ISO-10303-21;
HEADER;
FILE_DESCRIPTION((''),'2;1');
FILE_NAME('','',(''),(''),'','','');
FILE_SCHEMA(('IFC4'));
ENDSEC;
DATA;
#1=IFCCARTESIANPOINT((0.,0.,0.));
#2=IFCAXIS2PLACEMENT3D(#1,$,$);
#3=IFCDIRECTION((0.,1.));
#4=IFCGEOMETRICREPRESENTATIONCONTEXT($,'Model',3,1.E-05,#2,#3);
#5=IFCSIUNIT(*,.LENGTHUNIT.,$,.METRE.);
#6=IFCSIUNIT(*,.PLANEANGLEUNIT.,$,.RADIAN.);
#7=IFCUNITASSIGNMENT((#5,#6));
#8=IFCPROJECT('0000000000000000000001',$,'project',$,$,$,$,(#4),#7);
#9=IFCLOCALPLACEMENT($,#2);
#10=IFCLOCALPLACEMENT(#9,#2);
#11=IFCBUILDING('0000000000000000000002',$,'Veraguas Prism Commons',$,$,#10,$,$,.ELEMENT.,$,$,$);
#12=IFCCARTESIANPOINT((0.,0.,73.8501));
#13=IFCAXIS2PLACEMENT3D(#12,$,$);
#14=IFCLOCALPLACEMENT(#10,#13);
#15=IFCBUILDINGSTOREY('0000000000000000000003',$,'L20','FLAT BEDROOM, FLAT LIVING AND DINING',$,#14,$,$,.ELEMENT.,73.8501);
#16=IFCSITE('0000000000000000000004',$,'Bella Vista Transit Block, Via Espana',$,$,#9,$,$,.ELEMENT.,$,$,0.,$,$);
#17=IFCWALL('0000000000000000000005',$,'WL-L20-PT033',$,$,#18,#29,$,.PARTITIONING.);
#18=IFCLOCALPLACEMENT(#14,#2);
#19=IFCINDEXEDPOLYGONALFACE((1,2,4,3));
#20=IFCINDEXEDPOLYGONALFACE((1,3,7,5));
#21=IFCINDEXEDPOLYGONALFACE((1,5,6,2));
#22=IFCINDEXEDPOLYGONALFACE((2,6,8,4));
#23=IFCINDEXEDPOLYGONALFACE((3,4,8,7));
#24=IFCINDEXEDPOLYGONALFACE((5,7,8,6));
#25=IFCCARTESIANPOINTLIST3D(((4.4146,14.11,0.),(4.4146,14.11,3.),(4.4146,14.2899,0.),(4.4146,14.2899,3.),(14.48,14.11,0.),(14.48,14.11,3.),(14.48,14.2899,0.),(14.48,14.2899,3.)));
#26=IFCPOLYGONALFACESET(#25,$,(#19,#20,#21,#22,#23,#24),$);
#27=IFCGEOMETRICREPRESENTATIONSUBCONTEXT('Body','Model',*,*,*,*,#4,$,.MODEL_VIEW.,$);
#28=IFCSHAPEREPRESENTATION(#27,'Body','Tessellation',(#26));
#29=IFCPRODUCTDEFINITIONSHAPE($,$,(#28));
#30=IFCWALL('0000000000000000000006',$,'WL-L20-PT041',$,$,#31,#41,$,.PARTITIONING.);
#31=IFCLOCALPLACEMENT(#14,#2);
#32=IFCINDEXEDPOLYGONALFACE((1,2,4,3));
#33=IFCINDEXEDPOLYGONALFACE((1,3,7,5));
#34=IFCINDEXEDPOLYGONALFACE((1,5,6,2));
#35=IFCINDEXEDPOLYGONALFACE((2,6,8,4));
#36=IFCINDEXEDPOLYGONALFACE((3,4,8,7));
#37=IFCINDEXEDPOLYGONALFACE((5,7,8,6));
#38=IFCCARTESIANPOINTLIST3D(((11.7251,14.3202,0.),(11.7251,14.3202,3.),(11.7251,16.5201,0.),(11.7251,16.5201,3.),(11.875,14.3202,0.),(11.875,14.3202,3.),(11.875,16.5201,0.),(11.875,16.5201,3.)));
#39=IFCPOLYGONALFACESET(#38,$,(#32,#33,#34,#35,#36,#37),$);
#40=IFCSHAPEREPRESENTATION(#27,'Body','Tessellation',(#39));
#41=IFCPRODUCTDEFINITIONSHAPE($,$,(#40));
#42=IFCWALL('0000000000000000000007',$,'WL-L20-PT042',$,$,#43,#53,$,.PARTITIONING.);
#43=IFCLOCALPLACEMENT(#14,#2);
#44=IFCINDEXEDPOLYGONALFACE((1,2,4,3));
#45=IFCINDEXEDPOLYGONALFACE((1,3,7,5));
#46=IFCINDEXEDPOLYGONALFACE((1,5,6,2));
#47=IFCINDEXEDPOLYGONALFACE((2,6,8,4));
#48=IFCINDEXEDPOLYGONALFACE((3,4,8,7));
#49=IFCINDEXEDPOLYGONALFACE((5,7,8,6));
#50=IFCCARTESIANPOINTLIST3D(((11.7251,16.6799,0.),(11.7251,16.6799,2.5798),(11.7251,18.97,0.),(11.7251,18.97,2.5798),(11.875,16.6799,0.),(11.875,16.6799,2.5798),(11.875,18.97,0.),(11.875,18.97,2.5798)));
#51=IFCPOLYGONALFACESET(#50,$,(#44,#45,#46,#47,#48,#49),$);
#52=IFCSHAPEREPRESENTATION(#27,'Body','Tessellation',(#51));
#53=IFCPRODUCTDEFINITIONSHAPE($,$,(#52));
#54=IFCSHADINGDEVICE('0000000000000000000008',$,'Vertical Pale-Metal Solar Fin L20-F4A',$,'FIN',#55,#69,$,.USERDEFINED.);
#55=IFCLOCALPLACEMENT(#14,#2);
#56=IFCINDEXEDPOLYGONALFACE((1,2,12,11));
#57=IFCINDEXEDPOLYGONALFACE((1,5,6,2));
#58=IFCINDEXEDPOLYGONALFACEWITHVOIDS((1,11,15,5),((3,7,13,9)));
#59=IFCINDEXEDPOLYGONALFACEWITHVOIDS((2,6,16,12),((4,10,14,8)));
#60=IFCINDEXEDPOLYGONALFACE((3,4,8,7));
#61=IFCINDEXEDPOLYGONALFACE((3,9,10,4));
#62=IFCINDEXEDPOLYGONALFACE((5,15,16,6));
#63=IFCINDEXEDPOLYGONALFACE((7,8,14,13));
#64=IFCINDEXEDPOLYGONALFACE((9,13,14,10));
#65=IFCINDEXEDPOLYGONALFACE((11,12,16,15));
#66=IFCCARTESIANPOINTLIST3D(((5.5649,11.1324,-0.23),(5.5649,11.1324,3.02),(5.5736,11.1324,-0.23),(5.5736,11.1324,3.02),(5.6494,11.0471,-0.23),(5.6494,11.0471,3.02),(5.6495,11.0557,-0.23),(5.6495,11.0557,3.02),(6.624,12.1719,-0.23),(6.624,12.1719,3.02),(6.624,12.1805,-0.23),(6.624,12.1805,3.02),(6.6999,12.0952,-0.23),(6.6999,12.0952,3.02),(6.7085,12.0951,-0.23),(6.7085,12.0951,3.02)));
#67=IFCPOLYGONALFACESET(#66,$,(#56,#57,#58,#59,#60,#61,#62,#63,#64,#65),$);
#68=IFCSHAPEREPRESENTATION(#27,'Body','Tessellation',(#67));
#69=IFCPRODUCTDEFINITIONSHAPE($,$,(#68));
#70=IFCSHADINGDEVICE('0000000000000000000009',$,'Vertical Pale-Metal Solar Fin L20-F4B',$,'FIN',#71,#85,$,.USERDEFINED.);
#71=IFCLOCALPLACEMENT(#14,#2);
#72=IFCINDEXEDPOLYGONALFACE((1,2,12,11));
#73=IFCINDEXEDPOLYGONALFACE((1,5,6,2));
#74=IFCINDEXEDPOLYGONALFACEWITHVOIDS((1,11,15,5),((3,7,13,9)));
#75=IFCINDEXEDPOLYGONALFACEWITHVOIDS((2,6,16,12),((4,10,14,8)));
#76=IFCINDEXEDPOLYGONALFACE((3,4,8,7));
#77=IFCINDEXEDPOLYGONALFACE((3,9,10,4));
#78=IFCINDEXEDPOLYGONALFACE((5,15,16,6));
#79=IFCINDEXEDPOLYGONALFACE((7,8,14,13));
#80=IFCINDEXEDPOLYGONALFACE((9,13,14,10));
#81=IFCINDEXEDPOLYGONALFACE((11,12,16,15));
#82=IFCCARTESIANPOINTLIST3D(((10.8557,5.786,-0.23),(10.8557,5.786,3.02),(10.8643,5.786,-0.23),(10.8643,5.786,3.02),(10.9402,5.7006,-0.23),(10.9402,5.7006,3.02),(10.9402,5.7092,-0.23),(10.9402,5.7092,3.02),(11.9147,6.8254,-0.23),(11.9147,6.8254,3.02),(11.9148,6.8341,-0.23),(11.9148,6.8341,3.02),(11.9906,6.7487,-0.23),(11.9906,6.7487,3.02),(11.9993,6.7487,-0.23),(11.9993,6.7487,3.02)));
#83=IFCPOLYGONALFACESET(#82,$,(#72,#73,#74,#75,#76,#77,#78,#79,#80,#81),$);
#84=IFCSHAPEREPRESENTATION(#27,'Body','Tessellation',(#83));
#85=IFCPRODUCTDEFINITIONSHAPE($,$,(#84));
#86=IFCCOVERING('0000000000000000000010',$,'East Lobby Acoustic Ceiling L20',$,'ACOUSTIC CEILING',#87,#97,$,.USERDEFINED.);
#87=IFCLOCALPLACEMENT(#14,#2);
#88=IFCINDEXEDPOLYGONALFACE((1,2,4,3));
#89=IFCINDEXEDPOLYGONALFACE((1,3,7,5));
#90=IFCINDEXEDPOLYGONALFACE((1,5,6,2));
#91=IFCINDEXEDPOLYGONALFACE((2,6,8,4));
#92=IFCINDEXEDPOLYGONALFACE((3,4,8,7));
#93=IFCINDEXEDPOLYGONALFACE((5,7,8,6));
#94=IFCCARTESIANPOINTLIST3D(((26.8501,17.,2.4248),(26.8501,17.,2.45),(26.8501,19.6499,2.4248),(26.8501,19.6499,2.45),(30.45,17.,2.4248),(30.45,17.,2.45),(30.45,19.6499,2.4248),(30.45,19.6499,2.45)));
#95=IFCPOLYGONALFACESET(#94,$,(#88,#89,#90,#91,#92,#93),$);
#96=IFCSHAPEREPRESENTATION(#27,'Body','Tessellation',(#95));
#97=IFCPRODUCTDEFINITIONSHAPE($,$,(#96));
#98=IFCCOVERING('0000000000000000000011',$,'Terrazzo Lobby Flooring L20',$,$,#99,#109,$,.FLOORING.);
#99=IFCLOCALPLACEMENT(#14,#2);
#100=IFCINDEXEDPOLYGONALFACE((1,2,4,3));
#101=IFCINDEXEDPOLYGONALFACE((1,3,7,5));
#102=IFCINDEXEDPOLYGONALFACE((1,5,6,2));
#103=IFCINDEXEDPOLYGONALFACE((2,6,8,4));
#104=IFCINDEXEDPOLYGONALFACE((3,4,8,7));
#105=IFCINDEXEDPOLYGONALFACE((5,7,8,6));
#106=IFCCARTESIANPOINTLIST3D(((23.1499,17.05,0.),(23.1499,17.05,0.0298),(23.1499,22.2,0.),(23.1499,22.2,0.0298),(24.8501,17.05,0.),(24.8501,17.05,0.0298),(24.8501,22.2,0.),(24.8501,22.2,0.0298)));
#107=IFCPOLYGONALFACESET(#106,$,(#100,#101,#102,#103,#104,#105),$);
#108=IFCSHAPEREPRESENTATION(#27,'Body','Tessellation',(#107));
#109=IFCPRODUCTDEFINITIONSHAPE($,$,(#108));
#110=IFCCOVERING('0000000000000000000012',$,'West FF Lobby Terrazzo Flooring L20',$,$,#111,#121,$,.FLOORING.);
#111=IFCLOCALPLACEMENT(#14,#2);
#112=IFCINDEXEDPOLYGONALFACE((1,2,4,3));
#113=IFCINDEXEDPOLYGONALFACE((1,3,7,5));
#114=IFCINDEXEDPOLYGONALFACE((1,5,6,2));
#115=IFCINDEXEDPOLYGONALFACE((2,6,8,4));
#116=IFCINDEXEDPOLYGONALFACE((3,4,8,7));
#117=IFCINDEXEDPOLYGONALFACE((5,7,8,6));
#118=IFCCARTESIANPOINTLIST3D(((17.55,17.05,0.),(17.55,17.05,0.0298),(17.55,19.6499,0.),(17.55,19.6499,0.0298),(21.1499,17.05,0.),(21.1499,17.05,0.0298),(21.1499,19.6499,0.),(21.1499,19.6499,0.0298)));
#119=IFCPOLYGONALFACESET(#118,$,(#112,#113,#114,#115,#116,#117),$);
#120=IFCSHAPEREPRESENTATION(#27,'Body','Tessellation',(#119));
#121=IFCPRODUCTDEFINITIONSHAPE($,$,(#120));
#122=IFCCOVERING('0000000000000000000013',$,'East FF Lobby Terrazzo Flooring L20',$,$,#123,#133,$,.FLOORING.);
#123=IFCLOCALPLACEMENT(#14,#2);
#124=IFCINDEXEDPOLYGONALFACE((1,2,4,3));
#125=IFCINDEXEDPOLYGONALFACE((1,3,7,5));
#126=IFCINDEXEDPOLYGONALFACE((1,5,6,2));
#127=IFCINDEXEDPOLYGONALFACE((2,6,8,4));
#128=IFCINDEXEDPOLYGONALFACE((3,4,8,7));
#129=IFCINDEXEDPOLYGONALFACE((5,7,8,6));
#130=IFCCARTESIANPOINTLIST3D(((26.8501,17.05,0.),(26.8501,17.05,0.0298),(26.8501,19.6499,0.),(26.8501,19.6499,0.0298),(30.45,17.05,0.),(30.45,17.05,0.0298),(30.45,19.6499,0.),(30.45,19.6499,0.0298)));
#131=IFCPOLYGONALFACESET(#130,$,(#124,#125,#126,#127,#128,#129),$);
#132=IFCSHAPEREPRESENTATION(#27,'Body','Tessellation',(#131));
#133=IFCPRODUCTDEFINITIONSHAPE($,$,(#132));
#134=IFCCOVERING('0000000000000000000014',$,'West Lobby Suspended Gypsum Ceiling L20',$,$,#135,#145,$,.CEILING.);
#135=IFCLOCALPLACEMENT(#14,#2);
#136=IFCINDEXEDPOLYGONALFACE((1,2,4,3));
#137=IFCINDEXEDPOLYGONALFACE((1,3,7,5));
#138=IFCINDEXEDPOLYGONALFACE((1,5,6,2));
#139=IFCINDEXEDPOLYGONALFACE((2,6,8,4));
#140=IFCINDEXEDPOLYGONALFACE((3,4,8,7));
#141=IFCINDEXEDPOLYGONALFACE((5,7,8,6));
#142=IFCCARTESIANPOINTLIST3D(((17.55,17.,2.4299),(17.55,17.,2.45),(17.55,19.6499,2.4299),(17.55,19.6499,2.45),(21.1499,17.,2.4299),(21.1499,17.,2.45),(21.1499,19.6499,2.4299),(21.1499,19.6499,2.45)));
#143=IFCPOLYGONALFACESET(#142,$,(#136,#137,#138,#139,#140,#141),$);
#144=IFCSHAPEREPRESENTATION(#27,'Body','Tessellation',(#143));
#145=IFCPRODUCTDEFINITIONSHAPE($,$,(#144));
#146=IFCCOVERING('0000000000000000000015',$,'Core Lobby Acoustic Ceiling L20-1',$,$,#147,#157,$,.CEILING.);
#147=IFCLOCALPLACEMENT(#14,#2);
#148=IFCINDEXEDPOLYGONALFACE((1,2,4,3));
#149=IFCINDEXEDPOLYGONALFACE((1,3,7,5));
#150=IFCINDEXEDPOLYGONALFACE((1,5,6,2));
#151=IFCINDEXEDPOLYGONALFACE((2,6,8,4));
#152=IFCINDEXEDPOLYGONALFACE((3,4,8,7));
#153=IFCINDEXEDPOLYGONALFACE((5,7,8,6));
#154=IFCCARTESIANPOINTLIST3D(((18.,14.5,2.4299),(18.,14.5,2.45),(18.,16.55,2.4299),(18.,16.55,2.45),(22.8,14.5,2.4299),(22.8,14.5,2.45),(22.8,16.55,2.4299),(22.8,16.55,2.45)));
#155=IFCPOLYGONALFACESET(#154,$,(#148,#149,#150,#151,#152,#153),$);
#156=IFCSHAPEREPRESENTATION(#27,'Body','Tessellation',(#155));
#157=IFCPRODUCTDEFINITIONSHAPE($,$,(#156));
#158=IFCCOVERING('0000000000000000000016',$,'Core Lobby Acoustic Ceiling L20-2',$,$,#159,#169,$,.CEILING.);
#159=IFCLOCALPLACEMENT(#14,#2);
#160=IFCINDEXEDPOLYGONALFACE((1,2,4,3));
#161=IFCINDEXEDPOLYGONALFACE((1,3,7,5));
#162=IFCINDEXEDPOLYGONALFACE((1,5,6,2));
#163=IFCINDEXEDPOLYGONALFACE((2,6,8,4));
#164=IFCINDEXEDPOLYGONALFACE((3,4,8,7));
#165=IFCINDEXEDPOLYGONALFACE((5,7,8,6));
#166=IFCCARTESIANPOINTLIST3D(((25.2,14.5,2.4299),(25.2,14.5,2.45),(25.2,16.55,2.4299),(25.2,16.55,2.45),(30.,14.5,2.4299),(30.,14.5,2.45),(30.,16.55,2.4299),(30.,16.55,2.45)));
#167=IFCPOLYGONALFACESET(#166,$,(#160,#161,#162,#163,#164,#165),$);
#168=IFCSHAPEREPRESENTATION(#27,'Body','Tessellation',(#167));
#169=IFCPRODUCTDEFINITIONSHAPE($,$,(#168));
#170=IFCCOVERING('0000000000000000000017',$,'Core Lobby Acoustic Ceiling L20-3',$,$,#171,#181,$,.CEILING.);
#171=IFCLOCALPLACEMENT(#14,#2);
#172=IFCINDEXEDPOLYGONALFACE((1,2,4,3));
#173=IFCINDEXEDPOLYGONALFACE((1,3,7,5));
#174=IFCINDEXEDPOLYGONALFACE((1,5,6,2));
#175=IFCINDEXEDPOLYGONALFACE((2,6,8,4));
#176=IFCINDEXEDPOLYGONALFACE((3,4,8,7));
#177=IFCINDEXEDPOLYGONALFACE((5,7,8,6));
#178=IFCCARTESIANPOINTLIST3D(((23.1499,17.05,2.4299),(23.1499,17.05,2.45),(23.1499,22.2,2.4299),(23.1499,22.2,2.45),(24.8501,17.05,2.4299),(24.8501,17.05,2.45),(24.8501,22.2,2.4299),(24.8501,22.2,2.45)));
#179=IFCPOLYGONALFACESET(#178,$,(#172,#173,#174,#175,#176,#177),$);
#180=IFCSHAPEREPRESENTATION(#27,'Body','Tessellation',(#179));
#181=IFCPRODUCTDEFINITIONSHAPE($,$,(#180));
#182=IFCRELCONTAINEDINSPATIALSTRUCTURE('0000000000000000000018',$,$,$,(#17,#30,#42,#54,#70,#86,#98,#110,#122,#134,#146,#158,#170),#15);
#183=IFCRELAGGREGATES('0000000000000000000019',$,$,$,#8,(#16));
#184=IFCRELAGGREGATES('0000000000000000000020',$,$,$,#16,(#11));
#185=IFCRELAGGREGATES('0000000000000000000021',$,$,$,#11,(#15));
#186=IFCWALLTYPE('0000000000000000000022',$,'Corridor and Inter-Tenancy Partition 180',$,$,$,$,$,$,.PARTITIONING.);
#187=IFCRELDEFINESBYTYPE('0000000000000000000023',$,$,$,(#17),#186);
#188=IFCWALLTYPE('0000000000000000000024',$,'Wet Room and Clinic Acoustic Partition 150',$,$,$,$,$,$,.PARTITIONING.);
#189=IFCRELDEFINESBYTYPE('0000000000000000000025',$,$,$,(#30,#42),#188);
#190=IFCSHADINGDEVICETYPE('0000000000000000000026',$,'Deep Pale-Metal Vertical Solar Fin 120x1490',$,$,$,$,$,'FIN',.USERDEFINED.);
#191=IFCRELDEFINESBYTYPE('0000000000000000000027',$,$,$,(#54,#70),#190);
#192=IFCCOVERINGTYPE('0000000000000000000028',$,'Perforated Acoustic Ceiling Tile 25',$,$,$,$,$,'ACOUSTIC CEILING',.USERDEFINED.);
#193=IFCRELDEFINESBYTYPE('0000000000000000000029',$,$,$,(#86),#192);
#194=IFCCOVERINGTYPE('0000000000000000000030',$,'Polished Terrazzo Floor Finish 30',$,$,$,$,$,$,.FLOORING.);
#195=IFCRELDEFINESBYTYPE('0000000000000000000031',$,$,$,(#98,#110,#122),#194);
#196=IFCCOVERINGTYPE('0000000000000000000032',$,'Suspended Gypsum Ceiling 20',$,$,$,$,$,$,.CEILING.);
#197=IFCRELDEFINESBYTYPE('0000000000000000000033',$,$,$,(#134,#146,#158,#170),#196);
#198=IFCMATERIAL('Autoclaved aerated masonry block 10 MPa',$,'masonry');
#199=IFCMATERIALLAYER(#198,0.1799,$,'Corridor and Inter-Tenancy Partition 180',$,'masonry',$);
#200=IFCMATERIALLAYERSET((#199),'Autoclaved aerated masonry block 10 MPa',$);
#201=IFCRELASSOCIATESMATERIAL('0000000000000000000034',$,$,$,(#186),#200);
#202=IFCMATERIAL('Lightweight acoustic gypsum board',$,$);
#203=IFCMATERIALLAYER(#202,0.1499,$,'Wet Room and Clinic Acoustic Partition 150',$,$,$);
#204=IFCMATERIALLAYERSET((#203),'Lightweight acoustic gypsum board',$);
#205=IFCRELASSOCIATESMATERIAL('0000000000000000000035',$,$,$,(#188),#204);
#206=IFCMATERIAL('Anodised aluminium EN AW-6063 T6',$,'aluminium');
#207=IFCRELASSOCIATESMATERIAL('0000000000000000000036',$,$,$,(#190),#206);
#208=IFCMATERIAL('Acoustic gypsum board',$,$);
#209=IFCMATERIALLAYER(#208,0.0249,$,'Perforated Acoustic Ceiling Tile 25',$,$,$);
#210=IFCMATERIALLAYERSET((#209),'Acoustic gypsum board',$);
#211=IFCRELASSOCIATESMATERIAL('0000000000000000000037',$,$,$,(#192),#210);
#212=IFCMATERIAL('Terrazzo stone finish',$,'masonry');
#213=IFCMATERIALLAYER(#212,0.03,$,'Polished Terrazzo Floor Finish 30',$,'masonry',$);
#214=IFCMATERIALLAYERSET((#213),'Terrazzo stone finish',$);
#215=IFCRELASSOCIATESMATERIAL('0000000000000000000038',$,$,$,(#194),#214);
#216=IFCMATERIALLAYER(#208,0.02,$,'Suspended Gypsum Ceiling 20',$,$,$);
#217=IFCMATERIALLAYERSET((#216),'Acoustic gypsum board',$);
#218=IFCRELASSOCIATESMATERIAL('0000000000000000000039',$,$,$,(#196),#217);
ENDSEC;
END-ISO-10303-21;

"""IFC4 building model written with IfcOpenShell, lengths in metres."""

from ifc_helpers import new_model, si_unit, direction, frame, frame_2d, origin, origin_2d, place, context, subcontext, project, spatial, polyline, rectangle, hollow_rectangle, outline, extrude, material, layer, layer_set, material_profile, profile_set, type_object, element, save


model = new_model("IFC4")

# Units and contexts
model_context = context("Model", 3, precision=1e-05, world=origin(), true_north=direction((0.0, 1.0)))
body_context = subcontext(model_context, "Body", "Model", "MODEL_VIEW")
ifc_project = project(units=[si_unit("LENGTHUNIT", "METRE"), si_unit("PLANEANGLEUNIT", "RADIAN")], contexts=[model_context])

# Site, building, storey
site_placement = place(None, origin())
site = spatial("IfcSite", under=ifc_project, at=site_placement, Name="Bella Vista Transit Block, Via Espana", CompositionType="ELEMENT", RefElevation=0.0)
building_placement = place(site_placement, origin())
building = spatial("IfcBuilding", under=site, at=building_placement, Name="Veraguas Prism Commons", CompositionType="ELEMENT")
storey_placement = place(building_placement, frame((0.0, 0.0, 73.8501)))
storey = spatial("IfcBuildingStorey", under=building, at=storey_placement, Name="L20", Description="FLAT BEDROOM, FLAT LIVING AND DINING", CompositionType="ELEMENT", Elevation=73.8501)

# Shared definitions
ifc_material_1 = material(Name="Anodised aluminium EN AW-6063 T6", Category="aluminium")

# Walls
ifc_material_2 = material(Name="Autoclaved aerated masonry block 10 MPa", Category="masonry")
ifc_layer_1 = layer(ifc_material_2, 0.1799, Name="Corridor and Inter-Tenancy Partition 180", Category="masonry")
ifc_layer_set_1 = layer_set([ifc_layer_1], Name="Autoclaved aerated masonry block 10 MPa")
wall_type_1 = type_object("IfcWallType", Name="Corridor and Inter-Tenancy Partition 180", PredefinedType="PARTITIONING", material=ifc_layer_set_1)
wall_1_placement = place(storey_placement, frame((14.48, 14.2, 0.0), z_axis=(0.0, 0.0, 1.0), x_axis=(-1.0, 0.0, 0.0)))
element("IfcWall", 1, at=wall_1_placement, inside=storey, type_object=wall_type_1, Name="WL-L20-PT033", PredefinedType="PARTITIONING", context=body_context, shape_type="SweptSolid", body=[
    extrude(rectangle(XDim=10.0654, YDim=0.1799, at=frame_2d((5.0327, 0.0))), origin(), (0.0, 0.0, 1.0), 3.0),
])
ifc_material_3 = material(Name="Lightweight acoustic gypsum board")
ifc_layer_2 = layer(ifc_material_3, 0.1499, Name="Wet Room and Clinic Acoustic Partition 150")
ifc_layer_set_2 = layer_set([ifc_layer_2], Name="Lightweight acoustic gypsum board")
wall_type_2 = type_object("IfcWallType", Name="Wet Room and Clinic Acoustic Partition 150", PredefinedType="PARTITIONING", material=ifc_layer_set_2)
wall_2_placement = place(storey_placement, frame((11.8, 14.3201, 0.0), z_axis=(0.0, 0.0, 1.0), x_axis=(0.0, 1.0, 0.0)))
element("IfcWall", 2, at=wall_2_placement, inside=storey, type_object=wall_type_2, Name="WL-L20-PT041", PredefinedType="PARTITIONING", context=body_context, shape_type="SweptSolid", body=[
    extrude(rectangle(XDim=2.2, YDim=0.1499, at=frame_2d((1.1001, 0.0))), origin(), (0.0, 0.0, 1.0), 3.0),
])
wall_3_placement = place(storey_placement, frame((11.8, 16.6799, 0.0), z_axis=(0.0, 0.0, 1.0), x_axis=(0.0, 1.0, 0.0)))
element("IfcWall", 3, at=wall_3_placement, inside=storey, type_object=wall_type_2, Name="WL-L20-PT042", PredefinedType="PARTITIONING", context=body_context, shape_type="SweptSolid", body=[
    extrude(rectangle(XDim=2.29, YDim=0.1499, at=frame_2d((1.145, 0.0))), origin(), (0.0, 0.0, 1.0), 2.5798),
])

# Shading devices
ifc_material_profile_1 = material_profile(ifc_material_1, hollow_rectangle(XDim=0.1201, YDim=1.49, WallThickness=0.0061, at=origin_2d()), Name="FIN120X1490X6")
ifc_profile_set_1 = profile_set([ifc_material_profile_1], Name="Anodised aluminium EN AW-6063 T6")
shading_device_type = type_object("IfcShadingDeviceType", Name="Deep Pale-Metal Vertical Solar Fin 120x1490", ElementType="FIN", PredefinedType="USERDEFINED", material=ifc_profile_set_1)
for number, where, z_axis, x_axis, name in (
    (4, (6.1367, 11.6138, -0.23), (0.0, 0.0, 1.0), (0.703396, -0.710798, 0.0), "Vertical Pale-Metal Solar Fin L20-F4A"),
    (5, (11.4275, 6.2673, -0.23), (0.0, 0.0, 1.0), (0.703396, -0.710798, 0.0), "Vertical Pale-Metal Solar Fin L20-F4B"),
):
    element("IfcShadingDevice", number, at=place(storey_placement, frame(where, z_axis=z_axis, x_axis=x_axis)), inside=storey, type_object=shading_device_type, Name=name, ObjectType="FIN", PredefinedType="USERDEFINED", context=body_context, shape_type="SweptSolid", body=[
        extrude(hollow_rectangle(XDim=0.1201, YDim=1.49, WallThickness=0.0061, at=origin_2d()), origin(), (0.0, 0.0, 1.0), 3.25),
    ])

# Coverings
ifc_material_4 = material(Name="Acoustic gypsum board")
ifc_layer_3 = layer(ifc_material_4, 0.0249, Name="Perforated Acoustic Ceiling Tile 25")
ifc_layer_set_3 = layer_set([ifc_layer_3], Name="Acoustic gypsum board")
covering_type_1 = type_object("IfcCoveringType", Name="Perforated Acoustic Ceiling Tile 25", ElementType="ACOUSTIC CEILING", PredefinedType="USERDEFINED", material=ifc_layer_set_3)
covering_1_placement = place(storey_placement, frame((0.0, 0.0, 2.4248)))
element("IfcCovering", 6, at=covering_1_placement, inside=storey, type_object=covering_type_1, Name="East Lobby Acoustic Ceiling L20", ObjectType="ACOUSTIC CEILING", PredefinedType="USERDEFINED", context=body_context, shape_type="SweptSolid", body=[
    extrude(outline(polyline([(26.8501, 17.0), (30.45, 17.0), (30.45, 19.6499), (26.8501, 19.6499), (26.8501, 17.0)])), origin(), (0.0, 0.0, 1.0), 0.0251),
])
ifc_material_5 = material(Name="Terrazzo stone finish", Category="masonry")
ifc_layer_4 = layer(ifc_material_5, 0.03, Name="Polished Terrazzo Floor Finish 30", Category="masonry")
ifc_layer_set_4 = layer_set([ifc_layer_4], Name="Terrazzo stone finish")
covering_type_2 = type_object("IfcCoveringType", Name="Polished Terrazzo Floor Finish 30", PredefinedType="FLOORING", material=ifc_layer_set_4)
covering_2_placement = place(storey_placement, origin())
element("IfcCovering", 7, at=covering_2_placement, inside=storey, type_object=covering_type_2, Name="Terrazzo Lobby Flooring L20", PredefinedType="FLOORING", context=body_context, shape_type="SweptSolid", body=[
    extrude(outline(polyline([(23.1499, 17.05), (24.8501, 17.05), (24.8501, 22.2), (23.1499, 22.2), (23.1499, 17.05)])), origin(), (0.0, 0.0, 1.0), 0.0298),
])
covering_3_placement = place(storey_placement, origin())
element("IfcCovering", 8, at=covering_3_placement, inside=storey, type_object=covering_type_2, Name="West FF Lobby Terrazzo Flooring L20", PredefinedType="FLOORING", context=body_context, shape_type="SweptSolid", body=[
    extrude(outline(polyline([(17.55, 17.05), (21.1499, 17.05), (21.1499, 19.6499), (17.55, 19.6499), (17.55, 17.05)])), origin(), (0.0, 0.0, 1.0), 0.0298),
])
covering_4_placement = place(storey_placement, origin())
element("IfcCovering", 9, at=covering_4_placement, inside=storey, type_object=covering_type_2, Name="East FF Lobby Terrazzo Flooring L20", PredefinedType="FLOORING", context=body_context, shape_type="SweptSolid", body=[
    extrude(outline(polyline([(26.8501, 17.05), (30.45, 17.05), (30.45, 19.6499), (26.8501, 19.6499), (26.8501, 17.05)])), origin(), (0.0, 0.0, 1.0), 0.0298),
])
ifc_layer_5 = layer(ifc_material_4, 0.02, Name="Suspended Gypsum Ceiling 20")
ifc_layer_set_5 = layer_set([ifc_layer_5], Name="Acoustic gypsum board")
covering_type_3 = type_object("IfcCoveringType", Name="Suspended Gypsum Ceiling 20", PredefinedType="CEILING", material=ifc_layer_set_5)
covering_5_placement = place(storey_placement, frame((0.0, 0.0, 2.4299)))
element("IfcCovering", 10, at=covering_5_placement, inside=storey, type_object=covering_type_3, Name="West Lobby Suspended Gypsum Ceiling L20", PredefinedType="CEILING", context=body_context, shape_type="SweptSolid", body=[
    extrude(outline(polyline([(17.55, 17.0), (21.1499, 17.0), (21.1499, 19.6499), (17.55, 19.6499), (17.55, 17.0)])), origin(), (0.0, 0.0, 1.0), 0.02),
])
covering_6_placement = place(storey_placement, frame((0.0, 0.0, 2.4299)))
element("IfcCovering", 11, at=covering_6_placement, inside=storey, type_object=covering_type_3, Name="Core Lobby Acoustic Ceiling L20-1", PredefinedType="CEILING", context=body_context, shape_type="SweptSolid", body=[
    extrude(outline(polyline([(18.0, 14.5), (22.8, 14.5), (22.8, 16.55), (18.0, 16.55), (18.0, 14.5)])), origin(), (0.0, 0.0, 1.0), 0.02),
])
covering_7_placement = place(storey_placement, frame((0.0, 0.0, 2.4299)))
element("IfcCovering", 12, at=covering_7_placement, inside=storey, type_object=covering_type_3, Name="Core Lobby Acoustic Ceiling L20-2", PredefinedType="CEILING", context=body_context, shape_type="SweptSolid", body=[
    extrude(outline(polyline([(25.2, 14.5), (30.0, 14.5), (30.0, 16.55), (25.2, 16.55), (25.2, 14.5)])), origin(), (0.0, 0.0, 1.0), 0.02),
])
covering_8_placement = place(storey_placement, frame((0.0, 0.0, 2.4299)))
element("IfcCovering", 13, at=covering_8_placement, inside=storey, type_object=covering_type_3, Name="Core Lobby Acoustic Ceiling L20-3", PredefinedType="CEILING", context=body_context, shape_type="SweptSolid", body=[
    extrude(outline(polyline([(23.1499, 17.05), (24.8501, 17.05), (24.8501, 22.2), (23.1499, 22.2), (23.1499, 17.05)])), origin(), (0.0, 0.0, 1.0), 0.02),
])

save(model, "model.ifc")
